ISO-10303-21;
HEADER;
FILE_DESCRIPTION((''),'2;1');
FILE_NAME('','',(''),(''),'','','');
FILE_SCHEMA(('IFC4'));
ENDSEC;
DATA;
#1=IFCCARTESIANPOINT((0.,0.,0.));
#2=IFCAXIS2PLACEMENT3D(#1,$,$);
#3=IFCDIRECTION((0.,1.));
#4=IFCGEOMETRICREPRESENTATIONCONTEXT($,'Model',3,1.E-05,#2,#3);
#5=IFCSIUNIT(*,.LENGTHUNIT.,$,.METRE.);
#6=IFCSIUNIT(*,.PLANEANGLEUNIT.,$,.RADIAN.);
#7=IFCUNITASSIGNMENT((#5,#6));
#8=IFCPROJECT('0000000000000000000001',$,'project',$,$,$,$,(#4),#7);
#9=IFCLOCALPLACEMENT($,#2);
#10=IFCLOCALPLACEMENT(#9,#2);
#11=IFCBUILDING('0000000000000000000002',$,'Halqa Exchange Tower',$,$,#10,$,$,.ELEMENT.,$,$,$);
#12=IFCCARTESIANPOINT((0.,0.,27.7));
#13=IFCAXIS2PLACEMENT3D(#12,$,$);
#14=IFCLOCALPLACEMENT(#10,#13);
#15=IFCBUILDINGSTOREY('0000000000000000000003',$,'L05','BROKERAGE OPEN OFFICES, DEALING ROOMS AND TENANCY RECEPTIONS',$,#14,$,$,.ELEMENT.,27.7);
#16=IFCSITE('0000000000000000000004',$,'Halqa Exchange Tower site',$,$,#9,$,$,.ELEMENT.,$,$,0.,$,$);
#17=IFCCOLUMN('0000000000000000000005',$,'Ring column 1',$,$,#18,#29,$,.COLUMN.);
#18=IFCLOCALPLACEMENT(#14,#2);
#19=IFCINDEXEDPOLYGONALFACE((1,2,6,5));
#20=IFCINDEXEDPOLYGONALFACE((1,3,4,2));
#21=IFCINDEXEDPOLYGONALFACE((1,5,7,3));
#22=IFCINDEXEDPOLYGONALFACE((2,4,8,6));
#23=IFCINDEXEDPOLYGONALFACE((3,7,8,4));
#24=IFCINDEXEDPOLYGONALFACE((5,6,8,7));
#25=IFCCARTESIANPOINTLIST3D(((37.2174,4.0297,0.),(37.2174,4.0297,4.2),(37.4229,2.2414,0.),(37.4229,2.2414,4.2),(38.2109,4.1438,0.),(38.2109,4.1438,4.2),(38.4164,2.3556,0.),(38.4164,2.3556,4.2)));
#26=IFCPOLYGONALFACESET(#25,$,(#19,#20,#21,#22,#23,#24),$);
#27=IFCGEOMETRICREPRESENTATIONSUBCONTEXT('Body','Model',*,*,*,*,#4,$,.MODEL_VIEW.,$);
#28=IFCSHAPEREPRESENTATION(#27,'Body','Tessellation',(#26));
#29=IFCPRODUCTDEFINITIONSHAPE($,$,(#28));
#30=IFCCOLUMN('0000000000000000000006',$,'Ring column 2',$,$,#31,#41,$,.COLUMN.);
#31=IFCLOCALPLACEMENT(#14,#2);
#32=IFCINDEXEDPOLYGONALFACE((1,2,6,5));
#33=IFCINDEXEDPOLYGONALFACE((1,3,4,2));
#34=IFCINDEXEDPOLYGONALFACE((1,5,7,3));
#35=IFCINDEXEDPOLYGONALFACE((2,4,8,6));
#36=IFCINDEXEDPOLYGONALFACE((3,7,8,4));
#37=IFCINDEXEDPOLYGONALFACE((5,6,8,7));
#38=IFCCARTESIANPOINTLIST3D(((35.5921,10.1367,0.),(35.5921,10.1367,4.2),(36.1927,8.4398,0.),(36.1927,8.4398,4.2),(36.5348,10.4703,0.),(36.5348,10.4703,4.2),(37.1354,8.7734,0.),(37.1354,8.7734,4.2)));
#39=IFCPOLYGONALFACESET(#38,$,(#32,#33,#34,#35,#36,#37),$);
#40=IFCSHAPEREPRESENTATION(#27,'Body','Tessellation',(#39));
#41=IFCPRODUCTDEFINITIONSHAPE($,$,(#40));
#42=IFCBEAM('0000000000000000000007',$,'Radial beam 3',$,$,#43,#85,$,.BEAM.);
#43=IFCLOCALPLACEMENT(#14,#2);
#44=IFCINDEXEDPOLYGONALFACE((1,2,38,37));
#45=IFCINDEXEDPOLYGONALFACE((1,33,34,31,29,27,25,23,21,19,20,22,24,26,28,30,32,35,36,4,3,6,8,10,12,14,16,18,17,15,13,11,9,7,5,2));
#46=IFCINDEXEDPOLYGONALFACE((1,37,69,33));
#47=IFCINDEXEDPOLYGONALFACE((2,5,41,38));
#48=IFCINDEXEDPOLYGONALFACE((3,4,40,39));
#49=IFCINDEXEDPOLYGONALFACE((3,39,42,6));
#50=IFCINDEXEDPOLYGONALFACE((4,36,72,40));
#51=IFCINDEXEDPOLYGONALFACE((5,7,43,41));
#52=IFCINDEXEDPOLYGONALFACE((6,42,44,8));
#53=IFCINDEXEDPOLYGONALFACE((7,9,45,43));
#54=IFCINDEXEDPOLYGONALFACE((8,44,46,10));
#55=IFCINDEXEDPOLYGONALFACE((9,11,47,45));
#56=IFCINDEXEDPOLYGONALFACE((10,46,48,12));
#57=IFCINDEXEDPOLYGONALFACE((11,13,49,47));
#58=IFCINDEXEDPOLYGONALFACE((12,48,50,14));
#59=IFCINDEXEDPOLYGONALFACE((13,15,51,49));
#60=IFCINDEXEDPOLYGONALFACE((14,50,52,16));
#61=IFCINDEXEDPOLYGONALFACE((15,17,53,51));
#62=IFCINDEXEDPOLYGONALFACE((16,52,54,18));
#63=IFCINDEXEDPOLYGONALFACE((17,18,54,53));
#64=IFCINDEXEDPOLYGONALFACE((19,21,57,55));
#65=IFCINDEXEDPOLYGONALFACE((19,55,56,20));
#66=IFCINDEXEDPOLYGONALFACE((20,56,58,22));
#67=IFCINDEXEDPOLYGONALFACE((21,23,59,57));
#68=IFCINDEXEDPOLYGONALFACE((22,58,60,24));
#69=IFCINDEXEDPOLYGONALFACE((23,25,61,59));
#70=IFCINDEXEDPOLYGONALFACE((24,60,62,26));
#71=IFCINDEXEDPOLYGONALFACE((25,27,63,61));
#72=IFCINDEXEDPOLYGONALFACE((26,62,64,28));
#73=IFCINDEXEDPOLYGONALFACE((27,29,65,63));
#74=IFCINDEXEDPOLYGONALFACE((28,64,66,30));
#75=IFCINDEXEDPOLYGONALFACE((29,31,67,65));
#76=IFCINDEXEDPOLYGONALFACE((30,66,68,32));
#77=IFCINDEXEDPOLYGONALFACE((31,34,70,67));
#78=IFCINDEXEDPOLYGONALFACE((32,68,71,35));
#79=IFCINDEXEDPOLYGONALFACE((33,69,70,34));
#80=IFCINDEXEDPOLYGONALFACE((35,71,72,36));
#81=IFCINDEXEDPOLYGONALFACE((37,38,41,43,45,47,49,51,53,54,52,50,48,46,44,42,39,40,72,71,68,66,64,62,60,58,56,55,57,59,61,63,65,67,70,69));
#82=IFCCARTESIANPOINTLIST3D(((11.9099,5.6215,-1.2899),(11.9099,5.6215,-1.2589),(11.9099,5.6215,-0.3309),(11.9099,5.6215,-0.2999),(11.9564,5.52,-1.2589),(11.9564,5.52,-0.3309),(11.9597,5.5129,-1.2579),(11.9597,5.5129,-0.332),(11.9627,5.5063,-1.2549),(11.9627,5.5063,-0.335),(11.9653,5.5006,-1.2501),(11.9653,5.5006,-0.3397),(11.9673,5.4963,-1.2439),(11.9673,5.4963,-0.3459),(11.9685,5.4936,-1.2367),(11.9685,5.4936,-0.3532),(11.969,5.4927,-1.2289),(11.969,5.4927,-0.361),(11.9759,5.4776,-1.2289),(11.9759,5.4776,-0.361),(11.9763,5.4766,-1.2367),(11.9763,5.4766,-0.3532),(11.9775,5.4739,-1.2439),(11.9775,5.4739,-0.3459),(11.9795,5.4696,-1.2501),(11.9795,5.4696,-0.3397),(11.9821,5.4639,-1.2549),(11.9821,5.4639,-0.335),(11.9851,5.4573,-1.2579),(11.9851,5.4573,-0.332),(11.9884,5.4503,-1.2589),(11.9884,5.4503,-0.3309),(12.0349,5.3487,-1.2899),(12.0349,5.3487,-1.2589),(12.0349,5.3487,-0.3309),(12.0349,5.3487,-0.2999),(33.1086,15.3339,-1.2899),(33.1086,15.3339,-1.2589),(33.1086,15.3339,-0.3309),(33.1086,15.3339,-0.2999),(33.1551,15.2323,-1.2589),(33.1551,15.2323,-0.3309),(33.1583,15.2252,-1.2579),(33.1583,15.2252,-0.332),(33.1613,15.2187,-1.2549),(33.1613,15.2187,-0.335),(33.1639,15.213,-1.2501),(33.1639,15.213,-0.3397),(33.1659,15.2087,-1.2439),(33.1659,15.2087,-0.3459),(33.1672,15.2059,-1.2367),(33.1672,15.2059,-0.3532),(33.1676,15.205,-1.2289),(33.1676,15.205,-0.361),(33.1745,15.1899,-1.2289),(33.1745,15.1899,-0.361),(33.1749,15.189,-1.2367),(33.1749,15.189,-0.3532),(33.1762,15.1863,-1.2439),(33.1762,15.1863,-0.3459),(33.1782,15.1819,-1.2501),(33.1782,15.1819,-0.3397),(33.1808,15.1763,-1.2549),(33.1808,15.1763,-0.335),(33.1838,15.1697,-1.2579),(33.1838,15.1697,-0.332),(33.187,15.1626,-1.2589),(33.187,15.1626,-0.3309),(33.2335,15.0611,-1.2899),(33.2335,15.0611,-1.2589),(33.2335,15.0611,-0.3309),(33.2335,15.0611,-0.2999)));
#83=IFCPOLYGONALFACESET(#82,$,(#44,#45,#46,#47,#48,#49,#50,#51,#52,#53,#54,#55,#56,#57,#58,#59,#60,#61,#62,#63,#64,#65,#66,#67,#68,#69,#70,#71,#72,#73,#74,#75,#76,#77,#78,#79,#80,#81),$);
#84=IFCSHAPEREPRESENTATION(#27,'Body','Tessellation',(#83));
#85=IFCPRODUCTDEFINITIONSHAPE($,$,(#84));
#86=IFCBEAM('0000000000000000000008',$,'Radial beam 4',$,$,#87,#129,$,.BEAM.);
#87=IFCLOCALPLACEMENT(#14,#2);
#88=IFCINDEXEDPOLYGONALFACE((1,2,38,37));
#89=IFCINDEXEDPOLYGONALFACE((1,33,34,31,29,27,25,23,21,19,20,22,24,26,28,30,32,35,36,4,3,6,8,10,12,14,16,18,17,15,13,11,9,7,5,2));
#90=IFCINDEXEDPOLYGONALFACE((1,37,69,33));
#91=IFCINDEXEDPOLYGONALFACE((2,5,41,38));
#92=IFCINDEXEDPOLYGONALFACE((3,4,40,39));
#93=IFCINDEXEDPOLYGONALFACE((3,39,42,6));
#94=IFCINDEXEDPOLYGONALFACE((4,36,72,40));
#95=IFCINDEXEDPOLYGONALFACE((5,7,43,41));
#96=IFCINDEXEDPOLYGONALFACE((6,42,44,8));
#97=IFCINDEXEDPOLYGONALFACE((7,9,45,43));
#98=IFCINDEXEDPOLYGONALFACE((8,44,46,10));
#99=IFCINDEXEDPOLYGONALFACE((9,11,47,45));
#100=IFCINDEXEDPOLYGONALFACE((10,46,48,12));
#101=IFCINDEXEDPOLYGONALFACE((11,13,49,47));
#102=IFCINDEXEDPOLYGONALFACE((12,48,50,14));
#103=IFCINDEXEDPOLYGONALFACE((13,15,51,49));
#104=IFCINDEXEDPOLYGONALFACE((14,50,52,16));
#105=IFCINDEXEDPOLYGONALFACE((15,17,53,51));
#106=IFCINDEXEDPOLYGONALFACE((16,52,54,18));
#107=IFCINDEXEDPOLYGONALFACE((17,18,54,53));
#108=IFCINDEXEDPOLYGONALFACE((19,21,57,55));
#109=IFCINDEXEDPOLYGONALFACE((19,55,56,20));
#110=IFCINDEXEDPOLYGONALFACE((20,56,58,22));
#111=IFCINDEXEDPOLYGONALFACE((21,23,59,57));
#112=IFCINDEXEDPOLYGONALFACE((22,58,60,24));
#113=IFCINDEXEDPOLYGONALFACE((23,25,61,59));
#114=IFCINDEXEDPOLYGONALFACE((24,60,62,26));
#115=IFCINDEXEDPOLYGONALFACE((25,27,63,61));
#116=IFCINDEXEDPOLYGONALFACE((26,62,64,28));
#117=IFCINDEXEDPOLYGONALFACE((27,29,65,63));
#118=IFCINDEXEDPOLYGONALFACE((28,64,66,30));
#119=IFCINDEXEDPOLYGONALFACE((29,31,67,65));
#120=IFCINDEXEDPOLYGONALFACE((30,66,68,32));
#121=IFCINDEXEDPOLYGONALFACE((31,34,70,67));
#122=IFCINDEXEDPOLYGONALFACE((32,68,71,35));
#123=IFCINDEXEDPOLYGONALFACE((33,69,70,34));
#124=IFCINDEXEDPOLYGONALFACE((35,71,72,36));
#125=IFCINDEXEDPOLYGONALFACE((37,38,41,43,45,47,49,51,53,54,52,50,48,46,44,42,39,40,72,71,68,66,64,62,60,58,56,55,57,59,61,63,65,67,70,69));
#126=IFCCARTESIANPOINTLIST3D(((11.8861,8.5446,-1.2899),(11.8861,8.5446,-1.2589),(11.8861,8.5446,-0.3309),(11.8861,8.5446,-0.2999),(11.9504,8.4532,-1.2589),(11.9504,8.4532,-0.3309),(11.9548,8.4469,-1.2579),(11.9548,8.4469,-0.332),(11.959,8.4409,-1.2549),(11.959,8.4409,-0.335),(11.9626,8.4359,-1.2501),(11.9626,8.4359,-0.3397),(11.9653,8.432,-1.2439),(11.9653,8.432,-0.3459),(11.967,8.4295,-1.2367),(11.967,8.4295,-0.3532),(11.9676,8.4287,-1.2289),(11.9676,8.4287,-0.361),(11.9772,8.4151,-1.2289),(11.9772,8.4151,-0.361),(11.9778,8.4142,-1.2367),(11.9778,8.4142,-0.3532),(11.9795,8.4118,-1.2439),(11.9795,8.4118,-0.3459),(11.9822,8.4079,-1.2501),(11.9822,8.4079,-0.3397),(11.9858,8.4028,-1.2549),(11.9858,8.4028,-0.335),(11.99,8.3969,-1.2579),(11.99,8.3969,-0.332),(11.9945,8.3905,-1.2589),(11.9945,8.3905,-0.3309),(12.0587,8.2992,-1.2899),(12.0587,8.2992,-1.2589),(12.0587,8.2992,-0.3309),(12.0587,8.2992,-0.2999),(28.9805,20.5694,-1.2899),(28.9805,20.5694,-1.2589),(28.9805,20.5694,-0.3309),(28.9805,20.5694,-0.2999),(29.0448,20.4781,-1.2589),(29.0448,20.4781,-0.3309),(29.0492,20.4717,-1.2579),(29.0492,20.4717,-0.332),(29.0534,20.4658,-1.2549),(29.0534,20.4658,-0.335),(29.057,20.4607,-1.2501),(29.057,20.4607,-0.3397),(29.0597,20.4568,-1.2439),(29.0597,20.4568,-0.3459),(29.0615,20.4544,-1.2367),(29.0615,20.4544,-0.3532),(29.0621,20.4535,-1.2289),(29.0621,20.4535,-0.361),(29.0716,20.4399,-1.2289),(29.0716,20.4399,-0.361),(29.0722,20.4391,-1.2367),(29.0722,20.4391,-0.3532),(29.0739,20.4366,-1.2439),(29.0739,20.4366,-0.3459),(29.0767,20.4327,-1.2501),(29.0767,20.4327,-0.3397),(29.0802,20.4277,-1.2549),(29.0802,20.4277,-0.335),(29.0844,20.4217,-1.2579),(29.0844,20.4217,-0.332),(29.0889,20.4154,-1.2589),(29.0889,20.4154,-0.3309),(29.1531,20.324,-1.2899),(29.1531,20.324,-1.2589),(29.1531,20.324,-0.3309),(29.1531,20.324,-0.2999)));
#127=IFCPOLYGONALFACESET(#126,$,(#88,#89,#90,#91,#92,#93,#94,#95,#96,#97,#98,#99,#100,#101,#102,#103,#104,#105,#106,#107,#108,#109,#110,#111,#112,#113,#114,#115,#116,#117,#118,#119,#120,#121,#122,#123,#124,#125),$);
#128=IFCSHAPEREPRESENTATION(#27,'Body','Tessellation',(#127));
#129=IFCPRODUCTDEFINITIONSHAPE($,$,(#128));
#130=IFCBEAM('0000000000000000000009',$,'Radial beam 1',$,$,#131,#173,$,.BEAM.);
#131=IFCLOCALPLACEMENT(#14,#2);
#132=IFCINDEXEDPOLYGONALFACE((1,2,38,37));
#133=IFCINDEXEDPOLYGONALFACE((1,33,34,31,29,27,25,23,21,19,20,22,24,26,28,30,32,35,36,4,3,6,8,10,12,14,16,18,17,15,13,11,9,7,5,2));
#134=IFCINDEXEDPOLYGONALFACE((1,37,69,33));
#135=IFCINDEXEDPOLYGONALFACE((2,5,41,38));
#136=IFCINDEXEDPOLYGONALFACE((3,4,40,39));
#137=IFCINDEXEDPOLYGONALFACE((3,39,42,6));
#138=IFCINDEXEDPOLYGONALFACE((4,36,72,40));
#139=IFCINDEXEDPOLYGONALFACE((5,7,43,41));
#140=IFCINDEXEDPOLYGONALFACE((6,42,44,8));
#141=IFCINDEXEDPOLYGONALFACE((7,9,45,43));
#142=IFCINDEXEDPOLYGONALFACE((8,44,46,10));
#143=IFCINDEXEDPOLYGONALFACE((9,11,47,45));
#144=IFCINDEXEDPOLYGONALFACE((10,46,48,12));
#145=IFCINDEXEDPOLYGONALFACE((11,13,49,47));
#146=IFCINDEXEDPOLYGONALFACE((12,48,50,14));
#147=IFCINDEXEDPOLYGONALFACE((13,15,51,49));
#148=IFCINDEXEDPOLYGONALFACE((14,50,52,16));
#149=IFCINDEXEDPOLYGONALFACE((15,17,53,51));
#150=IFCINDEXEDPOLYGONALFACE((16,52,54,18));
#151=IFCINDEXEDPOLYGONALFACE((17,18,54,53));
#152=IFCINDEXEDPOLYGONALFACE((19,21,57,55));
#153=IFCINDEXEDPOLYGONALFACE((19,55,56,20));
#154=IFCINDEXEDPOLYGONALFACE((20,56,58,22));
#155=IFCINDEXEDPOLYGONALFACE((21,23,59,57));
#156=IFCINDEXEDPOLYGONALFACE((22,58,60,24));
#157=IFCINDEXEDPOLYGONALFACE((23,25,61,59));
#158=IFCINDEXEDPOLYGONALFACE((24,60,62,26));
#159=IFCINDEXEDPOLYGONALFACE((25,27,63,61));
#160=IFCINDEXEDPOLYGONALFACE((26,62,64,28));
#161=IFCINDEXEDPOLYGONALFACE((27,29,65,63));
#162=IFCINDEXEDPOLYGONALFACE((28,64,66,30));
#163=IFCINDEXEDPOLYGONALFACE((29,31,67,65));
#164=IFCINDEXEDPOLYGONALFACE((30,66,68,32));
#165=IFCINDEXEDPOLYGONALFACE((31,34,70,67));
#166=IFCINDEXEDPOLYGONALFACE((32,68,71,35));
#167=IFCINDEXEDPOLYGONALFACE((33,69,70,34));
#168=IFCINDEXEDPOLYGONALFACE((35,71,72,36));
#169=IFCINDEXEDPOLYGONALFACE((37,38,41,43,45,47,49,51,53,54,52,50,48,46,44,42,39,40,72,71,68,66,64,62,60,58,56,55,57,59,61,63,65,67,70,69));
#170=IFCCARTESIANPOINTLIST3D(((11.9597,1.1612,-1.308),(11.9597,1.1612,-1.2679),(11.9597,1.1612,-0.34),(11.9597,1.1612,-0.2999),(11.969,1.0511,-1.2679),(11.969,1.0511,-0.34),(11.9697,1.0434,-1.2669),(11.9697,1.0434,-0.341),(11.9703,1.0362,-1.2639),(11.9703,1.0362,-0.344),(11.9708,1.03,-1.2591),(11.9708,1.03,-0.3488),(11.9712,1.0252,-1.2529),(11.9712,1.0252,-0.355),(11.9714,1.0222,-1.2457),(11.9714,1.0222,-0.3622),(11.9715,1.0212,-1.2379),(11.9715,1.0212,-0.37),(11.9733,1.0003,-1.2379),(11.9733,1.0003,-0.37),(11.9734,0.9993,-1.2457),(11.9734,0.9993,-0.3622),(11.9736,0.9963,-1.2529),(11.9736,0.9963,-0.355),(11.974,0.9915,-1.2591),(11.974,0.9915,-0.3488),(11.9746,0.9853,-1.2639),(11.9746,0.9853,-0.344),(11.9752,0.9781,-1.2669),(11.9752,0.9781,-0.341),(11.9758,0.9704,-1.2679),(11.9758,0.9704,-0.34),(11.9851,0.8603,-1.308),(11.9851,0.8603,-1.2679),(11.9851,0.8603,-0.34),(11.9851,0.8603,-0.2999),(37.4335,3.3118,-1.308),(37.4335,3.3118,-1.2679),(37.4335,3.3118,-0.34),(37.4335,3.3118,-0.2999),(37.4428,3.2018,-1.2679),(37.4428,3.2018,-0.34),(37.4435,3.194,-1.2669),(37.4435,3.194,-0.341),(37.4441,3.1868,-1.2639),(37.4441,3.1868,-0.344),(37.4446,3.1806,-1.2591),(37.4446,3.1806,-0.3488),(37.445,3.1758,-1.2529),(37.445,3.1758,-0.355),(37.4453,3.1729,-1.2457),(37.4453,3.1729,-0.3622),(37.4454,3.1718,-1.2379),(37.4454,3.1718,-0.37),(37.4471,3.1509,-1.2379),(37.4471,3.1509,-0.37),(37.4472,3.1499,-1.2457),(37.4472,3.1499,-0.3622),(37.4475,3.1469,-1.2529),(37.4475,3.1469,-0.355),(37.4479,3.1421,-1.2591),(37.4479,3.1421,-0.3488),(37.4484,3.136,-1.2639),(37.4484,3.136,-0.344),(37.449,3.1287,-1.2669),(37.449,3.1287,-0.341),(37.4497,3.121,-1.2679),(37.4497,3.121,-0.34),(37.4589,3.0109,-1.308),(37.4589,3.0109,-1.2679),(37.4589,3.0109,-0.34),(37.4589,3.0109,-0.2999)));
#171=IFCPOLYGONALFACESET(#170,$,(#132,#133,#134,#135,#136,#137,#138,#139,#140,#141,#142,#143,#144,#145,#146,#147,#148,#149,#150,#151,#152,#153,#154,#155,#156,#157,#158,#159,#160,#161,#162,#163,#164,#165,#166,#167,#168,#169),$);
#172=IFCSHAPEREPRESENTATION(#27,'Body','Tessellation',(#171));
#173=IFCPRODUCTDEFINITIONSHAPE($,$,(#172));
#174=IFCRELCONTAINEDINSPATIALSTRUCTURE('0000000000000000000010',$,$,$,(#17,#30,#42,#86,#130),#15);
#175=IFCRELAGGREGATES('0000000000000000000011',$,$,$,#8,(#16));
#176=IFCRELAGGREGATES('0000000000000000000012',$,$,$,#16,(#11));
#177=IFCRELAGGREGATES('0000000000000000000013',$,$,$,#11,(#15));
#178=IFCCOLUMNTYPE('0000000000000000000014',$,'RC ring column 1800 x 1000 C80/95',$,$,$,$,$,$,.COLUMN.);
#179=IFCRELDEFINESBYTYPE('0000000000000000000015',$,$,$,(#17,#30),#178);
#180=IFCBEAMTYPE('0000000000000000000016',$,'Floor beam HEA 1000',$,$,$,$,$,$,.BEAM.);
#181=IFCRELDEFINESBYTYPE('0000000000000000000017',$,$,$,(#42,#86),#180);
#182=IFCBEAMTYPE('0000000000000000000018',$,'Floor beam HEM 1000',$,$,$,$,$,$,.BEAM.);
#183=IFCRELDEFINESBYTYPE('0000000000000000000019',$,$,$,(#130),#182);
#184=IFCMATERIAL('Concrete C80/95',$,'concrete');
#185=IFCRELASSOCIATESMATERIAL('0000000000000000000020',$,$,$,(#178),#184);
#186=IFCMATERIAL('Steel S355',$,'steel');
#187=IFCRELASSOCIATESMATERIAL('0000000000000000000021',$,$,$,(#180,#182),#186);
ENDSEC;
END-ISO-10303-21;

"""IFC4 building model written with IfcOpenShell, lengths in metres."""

from ifc_helpers import new_model, si_unit, direction, frame, origin, origin_2d, place, context, subcontext, project, spatial, rectangle, i_section, extrude, material, material_profile, profile_set, type_object, element, save


model = new_model("IFC4")

# Units and contexts
model_context = context("Model", 3, precision=1e-05, world=origin(), true_north=direction((0.0, 1.0)))
body_context = subcontext(model_context, "Body", "Model", "MODEL_VIEW")
ifc_project = project(units=[si_unit("LENGTHUNIT", "METRE"), si_unit("PLANEANGLEUNIT", "RADIAN")], contexts=[model_context])

# Site, building, storey
site_placement = place(None, origin())
site = spatial("IfcSite", under=ifc_project, at=site_placement, Name="Halqa Exchange Tower site", CompositionType="ELEMENT", RefElevation=0.0)
building_placement = place(site_placement, origin())
building = spatial("IfcBuilding", under=site, at=building_placement, Name="Halqa Exchange Tower", CompositionType="ELEMENT")
storey_placement = place(building_placement, frame((0.0, 0.0, 27.7)))
storey = spatial("IfcBuildingStorey", under=building, at=storey_placement, Name="L05", Description="BROKERAGE OPEN OFFICES, DEALING ROOMS AND TENANCY RECEPTIONS", CompositionType="ELEMENT", Elevation=27.7)

# Columns
ifc_material_1 = material(Name="Concrete C80/95", Category="concrete")
ifc_material_profile_1 = material_profile(ifc_material_1, rectangle(XDim=1.8, YDim=1.0, at=origin_2d()), Name="1800 x 1000")
ifc_profile_set_1 = profile_set([ifc_material_profile_1], Name="Concrete C80/95")
column_type = type_object("IfcColumnType", Name="RC ring column 1800 x 1000 C80/95", PredefinedType="COLUMN", material=ifc_profile_set_1)
for number, where, z_axis, x_axis, name in (
    (1, (37.8169, 3.1926, 0.0), (0.0, 0.0, 1.0), (-0.114155, 0.993463, 0.0), "Ring column 1"),
    (2, (36.3638, 9.4551, 0.0), (0.0, 0.0, 1.0), (-0.333628, 0.942705, 0.0), "Ring column 2"),
):
    element("IfcColumn", number, at=place(storey_placement, frame(where, z_axis=z_axis, x_axis=x_axis)), inside=storey, type_object=column_type, Name=name, PredefinedType="COLUMN", context=body_context, shape_type="SweptSolid", body=[
        extrude(rectangle(XDim=1.8, YDim=1.0, at=origin_2d()), origin(), (0.0, 0.0, 1.0), 4.2),
    ])

# Beams
ifc_material_2 = material(Name="Steel S355", Category="steel")
ifc_material_profile_2 = material_profile(ifc_material_2, i_section(OverallWidth=0.3, OverallDepth=0.99, WebThickness=0.0166, FlangeThickness=0.031, FilletRadius=0.03, at=origin_2d()), Name="HEA 1000")
ifc_profile_set_2 = profile_set([ifc_material_profile_2], Name="Steel S355")
beam_type_1 = type_object("IfcBeamType", Name="Floor beam HEA 1000", PredefinedType="BEAM", material=ifc_profile_set_2)
beam_1_placement = place(storey_placement, frame((11.9724, 5.4851, -0.7949), z_axis=(0.909125, 0.416524, 0.0), x_axis=(-0.416524, 0.909125, 0.0)))
element("IfcBeam", 3, at=beam_1_placement, inside=storey, type_object=beam_type_1, Name="Radial beam 3", PredefinedType="BEAM", context=body_context, shape_type="SweptSolid", body=[
    extrude(i_section(OverallWidth=0.3, OverallDepth=0.99, WebThickness=0.0166, FlangeThickness=0.031, FilletRadius=0.03, at=origin_2d()), origin(), (0.0, 0.0, 1.0), 23.3176),
])
beam_2_placement = place(storey_placement, frame((11.9724, 8.4219, -0.7949), z_axis=(0.817909, 0.575348, 0.0), x_axis=(-0.575348, 0.817909, 0.0)))
element("IfcBeam", 4, at=beam_2_placement, inside=storey, type_object=beam_type_1, Name="Radial beam 4", PredefinedType="BEAM", context=body_context, shape_type="SweptSolid", body=[
    extrude(i_section(OverallWidth=0.3, OverallDepth=0.99, WebThickness=0.0166, FlangeThickness=0.031, FilletRadius=0.03, at=origin_2d()), origin(), (0.0, 0.0, 1.0), 20.9001),
])
ifc_material_profile_3 = material_profile(ifc_material_2, i_section(OverallWidth=0.302, OverallDepth=1.0081, WebThickness=0.021, FlangeThickness=0.04, FilletRadius=0.03, at=origin_2d()), Name="HEM 1000")
ifc_profile_set_3 = profile_set([ifc_material_profile_3], Name="Steel S355")
beam_type_2 = type_object("IfcBeamType", Name="Floor beam HEM 1000", PredefinedType="BEAM", material=ifc_profile_set_3)
beam_3_placement = place(storey_placement, frame((11.9724, 1.0107, -0.804), z_axis=(0.996455, 0.084126, 0.0), x_axis=(-0.084126, 0.996455, 0.0)))
element("IfcBeam", 5, at=beam_3_placement, inside=storey, type_object=beam_type_2, Name="Radial beam 1", PredefinedType="BEAM", context=body_context, shape_type="SweptSolid", body=[
    extrude(i_section(OverallWidth=0.302, OverallDepth=1.0081, WebThickness=0.021, FlangeThickness=0.04, FilletRadius=0.03, at=origin_2d()), origin(), (0.0, 0.0, 1.0), 25.5645),
])

save(model, "model.ifc")
